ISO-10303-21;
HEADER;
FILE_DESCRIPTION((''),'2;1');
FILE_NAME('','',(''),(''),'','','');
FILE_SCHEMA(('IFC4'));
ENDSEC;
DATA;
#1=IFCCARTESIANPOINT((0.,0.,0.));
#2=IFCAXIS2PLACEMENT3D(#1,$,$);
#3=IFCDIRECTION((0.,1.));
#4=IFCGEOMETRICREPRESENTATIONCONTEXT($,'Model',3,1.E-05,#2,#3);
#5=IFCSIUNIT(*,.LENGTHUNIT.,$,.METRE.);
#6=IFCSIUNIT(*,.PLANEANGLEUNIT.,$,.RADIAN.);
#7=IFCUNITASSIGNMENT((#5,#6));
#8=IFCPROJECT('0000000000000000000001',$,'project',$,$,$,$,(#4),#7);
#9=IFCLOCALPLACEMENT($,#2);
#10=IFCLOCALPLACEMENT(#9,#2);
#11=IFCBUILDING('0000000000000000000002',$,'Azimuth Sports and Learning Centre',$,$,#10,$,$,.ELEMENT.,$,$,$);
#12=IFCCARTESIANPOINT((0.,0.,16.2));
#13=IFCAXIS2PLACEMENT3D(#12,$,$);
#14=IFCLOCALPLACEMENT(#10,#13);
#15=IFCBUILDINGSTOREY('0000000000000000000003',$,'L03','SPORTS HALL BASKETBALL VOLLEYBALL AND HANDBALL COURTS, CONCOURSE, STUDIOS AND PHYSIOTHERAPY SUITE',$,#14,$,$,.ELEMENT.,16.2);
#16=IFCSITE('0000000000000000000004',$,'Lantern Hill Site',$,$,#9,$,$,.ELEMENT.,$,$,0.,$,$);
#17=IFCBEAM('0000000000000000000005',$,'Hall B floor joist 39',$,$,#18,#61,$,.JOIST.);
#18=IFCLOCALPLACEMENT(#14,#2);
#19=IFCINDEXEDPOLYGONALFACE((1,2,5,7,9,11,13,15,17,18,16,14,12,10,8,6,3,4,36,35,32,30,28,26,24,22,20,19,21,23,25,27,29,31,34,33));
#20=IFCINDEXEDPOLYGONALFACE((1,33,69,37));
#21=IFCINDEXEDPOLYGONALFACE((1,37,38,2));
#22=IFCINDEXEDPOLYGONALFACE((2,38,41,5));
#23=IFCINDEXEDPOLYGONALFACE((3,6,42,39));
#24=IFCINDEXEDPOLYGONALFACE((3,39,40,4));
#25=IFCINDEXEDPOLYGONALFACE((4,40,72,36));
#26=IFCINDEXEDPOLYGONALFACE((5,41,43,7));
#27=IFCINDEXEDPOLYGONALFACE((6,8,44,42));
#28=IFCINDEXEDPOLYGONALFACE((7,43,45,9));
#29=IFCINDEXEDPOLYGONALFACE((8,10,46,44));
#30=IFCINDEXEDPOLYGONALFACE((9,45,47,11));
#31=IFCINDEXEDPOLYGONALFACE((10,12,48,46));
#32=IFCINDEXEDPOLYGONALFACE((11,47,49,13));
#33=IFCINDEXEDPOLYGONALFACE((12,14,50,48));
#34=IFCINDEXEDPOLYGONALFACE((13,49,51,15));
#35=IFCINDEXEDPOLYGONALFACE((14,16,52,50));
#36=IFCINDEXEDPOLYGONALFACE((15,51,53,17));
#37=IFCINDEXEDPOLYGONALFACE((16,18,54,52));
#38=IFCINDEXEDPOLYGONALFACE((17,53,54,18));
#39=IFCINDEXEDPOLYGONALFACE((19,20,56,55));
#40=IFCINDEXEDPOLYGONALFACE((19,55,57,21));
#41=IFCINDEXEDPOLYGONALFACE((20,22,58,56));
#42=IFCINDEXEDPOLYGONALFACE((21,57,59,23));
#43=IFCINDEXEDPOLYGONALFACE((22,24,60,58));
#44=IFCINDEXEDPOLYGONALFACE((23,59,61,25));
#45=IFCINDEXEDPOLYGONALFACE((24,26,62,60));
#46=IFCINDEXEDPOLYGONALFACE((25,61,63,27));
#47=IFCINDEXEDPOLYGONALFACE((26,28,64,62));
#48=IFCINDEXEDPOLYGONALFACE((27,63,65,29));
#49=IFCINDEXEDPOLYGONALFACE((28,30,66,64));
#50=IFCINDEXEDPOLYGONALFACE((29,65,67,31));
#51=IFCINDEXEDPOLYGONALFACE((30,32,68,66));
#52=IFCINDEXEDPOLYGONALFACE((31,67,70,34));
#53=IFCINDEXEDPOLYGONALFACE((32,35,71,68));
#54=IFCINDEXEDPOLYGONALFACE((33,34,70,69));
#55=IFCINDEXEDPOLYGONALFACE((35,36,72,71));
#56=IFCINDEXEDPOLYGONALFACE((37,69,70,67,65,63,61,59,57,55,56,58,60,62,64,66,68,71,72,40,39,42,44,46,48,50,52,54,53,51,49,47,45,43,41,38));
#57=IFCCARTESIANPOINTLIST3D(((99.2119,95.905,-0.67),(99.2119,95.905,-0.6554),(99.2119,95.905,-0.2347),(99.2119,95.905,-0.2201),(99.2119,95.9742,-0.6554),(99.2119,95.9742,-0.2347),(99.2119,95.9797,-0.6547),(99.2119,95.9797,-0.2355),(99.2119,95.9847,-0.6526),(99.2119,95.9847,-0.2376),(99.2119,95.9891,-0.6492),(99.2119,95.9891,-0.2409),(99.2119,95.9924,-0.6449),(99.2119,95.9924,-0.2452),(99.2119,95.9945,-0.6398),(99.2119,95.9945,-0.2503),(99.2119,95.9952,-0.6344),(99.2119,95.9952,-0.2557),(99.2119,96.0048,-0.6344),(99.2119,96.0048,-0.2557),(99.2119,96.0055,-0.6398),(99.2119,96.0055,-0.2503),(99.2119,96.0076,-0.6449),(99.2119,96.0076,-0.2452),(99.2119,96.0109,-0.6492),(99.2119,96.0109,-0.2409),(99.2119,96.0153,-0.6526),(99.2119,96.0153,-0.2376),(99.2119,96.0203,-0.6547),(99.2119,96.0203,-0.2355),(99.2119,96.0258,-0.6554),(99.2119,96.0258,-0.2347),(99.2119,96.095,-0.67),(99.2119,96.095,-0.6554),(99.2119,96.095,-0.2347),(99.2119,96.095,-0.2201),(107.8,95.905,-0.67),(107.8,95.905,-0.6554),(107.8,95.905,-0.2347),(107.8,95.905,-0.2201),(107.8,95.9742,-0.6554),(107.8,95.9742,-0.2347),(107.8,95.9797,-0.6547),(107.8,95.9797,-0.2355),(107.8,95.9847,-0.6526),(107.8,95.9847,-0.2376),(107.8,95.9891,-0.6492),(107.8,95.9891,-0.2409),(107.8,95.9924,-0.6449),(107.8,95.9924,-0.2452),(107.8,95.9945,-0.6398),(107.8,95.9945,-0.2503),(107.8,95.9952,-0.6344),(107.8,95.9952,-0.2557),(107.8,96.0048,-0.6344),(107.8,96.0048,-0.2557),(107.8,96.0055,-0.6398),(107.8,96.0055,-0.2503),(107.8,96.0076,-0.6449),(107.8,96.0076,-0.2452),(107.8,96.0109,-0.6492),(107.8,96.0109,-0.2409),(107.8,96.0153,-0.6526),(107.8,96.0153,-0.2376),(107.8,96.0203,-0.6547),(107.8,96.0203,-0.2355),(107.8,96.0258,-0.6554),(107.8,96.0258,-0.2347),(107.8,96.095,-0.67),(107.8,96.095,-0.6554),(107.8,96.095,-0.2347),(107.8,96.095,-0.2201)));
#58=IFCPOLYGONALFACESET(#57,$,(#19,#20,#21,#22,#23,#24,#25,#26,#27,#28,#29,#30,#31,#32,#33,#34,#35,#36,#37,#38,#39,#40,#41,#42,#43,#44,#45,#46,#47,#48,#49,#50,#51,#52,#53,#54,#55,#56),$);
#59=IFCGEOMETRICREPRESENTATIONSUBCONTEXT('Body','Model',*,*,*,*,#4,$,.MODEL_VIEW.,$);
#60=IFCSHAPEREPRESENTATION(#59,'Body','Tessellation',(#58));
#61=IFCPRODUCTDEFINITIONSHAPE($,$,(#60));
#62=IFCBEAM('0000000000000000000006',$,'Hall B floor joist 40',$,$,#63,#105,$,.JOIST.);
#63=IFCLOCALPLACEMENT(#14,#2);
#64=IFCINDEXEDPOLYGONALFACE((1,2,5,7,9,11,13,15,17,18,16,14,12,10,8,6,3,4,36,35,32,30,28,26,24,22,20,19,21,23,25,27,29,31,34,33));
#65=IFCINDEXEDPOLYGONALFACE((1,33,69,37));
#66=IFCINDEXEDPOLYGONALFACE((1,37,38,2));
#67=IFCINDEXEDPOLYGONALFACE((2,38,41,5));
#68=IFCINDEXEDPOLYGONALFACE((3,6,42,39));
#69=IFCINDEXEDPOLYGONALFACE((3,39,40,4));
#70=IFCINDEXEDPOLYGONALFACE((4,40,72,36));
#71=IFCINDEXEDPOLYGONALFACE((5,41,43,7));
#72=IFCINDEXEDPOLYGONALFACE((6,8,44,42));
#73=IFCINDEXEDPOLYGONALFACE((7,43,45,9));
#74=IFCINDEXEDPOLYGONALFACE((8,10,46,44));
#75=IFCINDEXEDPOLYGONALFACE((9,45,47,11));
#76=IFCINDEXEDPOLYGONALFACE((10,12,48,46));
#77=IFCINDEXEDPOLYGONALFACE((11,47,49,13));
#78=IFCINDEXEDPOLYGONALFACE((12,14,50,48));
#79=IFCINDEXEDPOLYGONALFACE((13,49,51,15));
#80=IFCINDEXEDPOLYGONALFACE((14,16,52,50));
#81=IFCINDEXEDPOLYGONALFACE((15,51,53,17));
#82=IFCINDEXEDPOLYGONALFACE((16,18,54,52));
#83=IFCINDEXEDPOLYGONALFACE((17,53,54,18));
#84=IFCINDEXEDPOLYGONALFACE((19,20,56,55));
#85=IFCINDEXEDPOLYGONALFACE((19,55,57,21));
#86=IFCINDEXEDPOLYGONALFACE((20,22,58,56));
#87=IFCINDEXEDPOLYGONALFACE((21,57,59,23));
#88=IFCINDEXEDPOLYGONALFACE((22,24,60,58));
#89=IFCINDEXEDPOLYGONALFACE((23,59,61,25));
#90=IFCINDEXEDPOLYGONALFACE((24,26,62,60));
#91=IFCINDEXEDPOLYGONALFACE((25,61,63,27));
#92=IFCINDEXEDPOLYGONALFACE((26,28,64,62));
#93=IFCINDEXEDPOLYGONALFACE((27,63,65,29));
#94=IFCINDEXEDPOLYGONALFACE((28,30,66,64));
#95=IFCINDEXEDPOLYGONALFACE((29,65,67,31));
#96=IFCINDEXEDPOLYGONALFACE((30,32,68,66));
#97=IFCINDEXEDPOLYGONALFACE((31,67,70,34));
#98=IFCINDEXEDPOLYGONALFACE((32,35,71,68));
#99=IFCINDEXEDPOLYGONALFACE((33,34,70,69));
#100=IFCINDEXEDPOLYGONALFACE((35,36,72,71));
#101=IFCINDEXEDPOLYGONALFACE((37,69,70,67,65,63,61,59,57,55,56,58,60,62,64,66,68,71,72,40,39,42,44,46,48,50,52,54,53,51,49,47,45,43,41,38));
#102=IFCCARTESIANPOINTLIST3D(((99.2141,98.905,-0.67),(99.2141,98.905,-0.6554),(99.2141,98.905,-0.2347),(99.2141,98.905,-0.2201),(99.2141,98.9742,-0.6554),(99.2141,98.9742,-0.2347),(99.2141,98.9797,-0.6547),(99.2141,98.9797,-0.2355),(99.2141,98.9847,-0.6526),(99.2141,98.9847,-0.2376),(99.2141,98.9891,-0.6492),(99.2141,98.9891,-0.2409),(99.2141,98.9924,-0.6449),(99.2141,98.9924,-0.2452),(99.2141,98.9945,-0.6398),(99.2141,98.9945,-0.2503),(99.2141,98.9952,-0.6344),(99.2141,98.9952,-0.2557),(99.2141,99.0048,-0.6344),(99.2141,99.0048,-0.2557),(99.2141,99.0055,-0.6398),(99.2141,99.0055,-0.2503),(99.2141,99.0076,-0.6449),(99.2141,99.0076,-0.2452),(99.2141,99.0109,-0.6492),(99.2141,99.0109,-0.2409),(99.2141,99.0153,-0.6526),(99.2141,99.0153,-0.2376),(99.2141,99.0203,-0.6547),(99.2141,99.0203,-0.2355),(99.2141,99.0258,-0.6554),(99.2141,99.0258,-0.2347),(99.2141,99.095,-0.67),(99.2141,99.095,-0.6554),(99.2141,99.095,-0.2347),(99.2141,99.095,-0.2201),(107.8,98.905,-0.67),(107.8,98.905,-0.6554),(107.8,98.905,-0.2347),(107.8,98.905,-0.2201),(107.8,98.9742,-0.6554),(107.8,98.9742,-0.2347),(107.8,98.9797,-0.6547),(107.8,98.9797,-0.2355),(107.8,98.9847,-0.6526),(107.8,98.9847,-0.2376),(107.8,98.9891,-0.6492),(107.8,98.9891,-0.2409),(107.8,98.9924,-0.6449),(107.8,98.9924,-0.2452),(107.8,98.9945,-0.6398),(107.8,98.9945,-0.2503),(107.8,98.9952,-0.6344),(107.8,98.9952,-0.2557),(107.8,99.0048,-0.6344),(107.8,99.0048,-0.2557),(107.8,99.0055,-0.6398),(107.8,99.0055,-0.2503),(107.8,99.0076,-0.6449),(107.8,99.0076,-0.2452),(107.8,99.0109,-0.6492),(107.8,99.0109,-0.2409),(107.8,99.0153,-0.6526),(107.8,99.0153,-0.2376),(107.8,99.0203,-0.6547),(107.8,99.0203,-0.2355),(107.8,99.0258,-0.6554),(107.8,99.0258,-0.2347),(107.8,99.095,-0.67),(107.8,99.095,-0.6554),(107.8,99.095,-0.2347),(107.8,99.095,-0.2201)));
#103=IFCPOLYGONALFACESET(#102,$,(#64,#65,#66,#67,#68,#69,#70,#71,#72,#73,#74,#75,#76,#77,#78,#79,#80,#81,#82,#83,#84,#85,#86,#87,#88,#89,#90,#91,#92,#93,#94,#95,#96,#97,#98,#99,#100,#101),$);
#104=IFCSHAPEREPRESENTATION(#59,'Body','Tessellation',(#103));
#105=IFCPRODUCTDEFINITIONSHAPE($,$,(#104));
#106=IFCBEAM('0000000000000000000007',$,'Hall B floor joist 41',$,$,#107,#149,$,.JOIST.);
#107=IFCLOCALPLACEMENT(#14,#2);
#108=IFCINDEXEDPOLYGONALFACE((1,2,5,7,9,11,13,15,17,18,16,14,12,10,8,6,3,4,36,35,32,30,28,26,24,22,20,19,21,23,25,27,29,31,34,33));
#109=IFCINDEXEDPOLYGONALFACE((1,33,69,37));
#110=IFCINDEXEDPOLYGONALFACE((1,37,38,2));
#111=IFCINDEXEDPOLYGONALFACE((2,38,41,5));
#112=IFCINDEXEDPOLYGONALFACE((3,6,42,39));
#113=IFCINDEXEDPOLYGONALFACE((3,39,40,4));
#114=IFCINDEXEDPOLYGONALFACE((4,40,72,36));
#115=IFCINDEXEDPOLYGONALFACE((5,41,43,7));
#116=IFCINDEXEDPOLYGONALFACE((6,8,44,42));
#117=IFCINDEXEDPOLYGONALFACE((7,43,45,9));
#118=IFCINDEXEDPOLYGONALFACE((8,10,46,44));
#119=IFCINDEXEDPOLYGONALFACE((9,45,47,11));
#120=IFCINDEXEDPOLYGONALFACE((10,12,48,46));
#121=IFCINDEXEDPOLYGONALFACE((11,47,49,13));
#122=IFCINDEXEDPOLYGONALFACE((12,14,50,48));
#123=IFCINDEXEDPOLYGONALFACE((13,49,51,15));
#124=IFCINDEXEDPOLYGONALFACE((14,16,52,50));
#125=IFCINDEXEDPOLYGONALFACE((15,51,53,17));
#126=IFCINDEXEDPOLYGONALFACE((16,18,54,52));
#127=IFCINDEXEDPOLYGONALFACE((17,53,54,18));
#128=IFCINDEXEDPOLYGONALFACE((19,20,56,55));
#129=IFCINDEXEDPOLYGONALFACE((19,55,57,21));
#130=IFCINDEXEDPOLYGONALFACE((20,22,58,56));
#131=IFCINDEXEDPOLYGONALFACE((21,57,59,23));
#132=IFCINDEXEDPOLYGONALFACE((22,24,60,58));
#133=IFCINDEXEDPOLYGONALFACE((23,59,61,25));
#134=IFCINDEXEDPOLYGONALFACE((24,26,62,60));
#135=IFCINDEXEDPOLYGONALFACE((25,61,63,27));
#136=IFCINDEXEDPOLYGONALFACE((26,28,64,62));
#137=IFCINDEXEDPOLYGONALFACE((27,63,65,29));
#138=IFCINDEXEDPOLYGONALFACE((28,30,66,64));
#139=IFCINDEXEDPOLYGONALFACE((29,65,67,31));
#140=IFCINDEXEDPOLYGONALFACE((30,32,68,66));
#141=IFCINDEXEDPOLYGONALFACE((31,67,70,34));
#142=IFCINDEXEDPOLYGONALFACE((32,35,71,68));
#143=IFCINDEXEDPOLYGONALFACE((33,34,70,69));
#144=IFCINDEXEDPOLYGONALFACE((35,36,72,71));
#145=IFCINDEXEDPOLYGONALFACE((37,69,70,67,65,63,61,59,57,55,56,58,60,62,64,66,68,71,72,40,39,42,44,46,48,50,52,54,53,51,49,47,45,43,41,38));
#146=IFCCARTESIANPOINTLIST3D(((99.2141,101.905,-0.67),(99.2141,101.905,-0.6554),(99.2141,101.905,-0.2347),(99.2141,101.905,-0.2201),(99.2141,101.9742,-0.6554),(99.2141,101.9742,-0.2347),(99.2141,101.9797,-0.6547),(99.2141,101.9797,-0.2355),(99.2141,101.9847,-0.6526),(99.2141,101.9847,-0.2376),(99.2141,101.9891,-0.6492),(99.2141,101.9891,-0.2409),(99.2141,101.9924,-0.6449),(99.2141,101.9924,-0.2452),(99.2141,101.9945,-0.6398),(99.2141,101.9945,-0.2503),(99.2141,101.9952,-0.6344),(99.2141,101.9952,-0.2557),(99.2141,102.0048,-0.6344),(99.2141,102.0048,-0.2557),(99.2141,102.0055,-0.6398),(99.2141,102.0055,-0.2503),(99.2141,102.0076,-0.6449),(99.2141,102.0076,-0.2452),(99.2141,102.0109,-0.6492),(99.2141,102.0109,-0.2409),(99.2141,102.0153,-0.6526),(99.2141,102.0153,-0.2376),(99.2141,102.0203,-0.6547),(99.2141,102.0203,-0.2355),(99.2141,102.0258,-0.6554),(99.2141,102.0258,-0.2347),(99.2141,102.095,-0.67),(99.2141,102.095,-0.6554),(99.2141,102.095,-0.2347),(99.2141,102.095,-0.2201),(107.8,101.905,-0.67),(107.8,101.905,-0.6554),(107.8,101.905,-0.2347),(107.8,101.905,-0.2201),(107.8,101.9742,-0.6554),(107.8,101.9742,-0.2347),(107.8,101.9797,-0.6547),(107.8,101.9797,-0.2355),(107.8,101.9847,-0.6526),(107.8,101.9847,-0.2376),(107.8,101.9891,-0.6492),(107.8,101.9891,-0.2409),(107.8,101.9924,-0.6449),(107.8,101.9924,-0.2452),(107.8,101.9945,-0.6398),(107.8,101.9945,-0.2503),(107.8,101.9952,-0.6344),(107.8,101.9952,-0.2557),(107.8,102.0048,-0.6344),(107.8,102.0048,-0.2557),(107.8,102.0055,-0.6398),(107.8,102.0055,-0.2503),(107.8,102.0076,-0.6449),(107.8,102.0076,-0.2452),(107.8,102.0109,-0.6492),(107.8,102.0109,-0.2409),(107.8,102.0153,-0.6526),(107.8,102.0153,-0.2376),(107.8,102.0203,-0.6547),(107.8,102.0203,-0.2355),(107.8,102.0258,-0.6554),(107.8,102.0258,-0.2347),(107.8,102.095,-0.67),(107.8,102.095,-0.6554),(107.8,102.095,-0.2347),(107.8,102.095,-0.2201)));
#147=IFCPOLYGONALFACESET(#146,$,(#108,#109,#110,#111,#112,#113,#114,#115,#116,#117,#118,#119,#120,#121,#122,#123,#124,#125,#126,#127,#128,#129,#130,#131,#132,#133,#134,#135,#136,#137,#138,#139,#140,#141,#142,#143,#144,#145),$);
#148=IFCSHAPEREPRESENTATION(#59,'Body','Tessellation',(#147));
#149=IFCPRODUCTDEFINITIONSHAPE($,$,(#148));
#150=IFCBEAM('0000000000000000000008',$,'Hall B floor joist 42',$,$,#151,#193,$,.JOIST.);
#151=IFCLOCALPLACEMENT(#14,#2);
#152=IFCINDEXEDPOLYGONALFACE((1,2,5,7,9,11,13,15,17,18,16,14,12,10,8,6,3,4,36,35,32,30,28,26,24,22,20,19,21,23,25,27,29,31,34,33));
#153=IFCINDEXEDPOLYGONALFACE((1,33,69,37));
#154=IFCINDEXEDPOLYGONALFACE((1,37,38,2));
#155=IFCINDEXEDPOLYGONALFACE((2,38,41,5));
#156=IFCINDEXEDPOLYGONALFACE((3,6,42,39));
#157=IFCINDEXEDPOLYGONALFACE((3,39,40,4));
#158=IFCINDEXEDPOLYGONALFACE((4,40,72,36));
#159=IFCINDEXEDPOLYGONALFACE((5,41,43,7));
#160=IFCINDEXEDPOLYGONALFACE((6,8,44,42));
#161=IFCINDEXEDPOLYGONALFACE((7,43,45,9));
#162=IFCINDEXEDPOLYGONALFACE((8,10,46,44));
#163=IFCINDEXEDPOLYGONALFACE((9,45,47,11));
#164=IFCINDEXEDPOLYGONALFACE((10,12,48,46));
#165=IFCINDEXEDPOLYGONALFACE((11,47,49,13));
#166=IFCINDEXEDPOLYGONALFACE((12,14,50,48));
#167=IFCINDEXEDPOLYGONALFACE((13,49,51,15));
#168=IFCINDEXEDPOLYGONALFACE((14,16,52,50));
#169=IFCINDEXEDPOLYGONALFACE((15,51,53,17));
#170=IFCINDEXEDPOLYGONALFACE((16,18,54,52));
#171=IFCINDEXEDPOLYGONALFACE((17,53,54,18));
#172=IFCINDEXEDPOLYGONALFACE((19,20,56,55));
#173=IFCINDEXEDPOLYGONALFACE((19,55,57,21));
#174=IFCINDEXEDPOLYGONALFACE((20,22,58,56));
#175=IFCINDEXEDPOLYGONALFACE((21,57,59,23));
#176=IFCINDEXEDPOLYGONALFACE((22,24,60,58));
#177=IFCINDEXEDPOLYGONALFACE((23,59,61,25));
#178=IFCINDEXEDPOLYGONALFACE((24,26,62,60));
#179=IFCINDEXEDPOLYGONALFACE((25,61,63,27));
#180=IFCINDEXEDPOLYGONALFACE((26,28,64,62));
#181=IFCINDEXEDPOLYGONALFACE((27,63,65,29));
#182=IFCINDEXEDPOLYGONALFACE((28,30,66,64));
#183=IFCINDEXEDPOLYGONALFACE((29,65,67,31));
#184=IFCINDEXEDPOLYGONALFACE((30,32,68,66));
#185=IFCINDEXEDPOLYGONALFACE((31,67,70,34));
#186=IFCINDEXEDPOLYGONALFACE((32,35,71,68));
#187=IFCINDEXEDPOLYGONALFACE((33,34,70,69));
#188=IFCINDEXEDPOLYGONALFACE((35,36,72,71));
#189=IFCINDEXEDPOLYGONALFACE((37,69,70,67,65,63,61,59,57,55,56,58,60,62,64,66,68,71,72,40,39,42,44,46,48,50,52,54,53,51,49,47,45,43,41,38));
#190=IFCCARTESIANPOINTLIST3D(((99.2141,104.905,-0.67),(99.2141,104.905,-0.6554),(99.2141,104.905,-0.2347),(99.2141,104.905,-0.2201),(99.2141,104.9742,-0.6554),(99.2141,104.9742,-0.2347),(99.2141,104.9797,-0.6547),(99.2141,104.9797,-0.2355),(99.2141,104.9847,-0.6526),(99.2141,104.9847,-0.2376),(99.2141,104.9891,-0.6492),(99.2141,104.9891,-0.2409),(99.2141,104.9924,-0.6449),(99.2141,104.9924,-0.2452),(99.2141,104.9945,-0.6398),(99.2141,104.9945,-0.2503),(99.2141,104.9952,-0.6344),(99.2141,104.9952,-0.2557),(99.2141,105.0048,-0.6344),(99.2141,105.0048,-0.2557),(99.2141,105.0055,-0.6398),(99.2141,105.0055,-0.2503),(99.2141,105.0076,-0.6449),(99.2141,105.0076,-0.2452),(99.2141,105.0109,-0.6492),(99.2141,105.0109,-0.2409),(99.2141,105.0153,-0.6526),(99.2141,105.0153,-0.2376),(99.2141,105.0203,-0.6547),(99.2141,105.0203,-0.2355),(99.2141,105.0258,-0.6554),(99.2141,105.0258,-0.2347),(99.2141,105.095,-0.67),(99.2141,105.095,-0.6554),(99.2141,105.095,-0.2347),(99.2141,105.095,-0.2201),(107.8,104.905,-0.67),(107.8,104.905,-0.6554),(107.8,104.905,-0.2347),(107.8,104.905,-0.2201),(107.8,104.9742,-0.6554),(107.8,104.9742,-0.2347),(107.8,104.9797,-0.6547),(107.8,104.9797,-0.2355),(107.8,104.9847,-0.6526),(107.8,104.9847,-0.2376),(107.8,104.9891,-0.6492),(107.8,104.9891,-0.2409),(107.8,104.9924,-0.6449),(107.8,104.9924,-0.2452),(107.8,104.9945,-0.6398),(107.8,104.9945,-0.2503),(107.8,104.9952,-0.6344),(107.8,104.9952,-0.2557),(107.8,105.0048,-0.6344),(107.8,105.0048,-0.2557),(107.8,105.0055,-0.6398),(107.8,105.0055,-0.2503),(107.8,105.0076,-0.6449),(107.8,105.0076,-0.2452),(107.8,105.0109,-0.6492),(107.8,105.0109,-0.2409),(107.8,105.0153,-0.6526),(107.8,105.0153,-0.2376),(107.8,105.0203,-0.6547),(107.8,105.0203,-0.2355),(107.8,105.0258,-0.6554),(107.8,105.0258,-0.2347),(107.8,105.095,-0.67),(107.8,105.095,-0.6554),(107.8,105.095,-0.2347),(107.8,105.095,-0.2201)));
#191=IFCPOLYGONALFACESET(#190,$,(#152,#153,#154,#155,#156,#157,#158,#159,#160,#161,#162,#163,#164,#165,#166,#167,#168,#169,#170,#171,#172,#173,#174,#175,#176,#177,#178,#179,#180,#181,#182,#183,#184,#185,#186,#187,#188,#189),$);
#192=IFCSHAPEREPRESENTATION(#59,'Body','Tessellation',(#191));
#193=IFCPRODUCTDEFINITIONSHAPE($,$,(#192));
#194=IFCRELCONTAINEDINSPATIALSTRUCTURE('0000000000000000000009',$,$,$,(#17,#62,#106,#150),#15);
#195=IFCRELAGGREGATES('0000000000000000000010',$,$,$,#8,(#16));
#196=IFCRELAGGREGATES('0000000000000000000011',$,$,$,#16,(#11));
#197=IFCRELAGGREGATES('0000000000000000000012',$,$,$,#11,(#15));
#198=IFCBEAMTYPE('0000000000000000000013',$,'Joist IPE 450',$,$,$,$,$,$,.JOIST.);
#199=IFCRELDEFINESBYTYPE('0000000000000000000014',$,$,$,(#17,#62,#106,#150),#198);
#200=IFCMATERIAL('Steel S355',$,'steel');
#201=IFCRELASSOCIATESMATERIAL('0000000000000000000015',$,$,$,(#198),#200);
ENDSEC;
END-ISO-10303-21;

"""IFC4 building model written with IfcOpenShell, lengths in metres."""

from ifc_helpers import new_model, si_unit, direction, frame, origin, origin_2d, place, context, subcontext, project, spatial, i_section, extrude, material, material_profile, profile_set, type_object, element, save


model = new_model("IFC4")

# Units and contexts
model_context = context("Model", 3, precision=1e-05, world=origin(), true_north=direction((0.0, 1.0)))
body_context = subcontext(model_context, "Body", "Model", "MODEL_VIEW")
ifc_project = project(units=[si_unit("LENGTHUNIT", "METRE"), si_unit("PLANEANGLEUNIT", "RADIAN")], contexts=[model_context])

# Site, building, storey
site_placement = place(None, origin())
site = spatial("IfcSite", under=ifc_project, at=site_placement, Name="Lantern Hill Site", CompositionType="ELEMENT", RefElevation=0.0)
building_placement = place(site_placement, origin())
building = spatial("IfcBuilding", under=site, at=building_placement, Name="Azimuth Sports and Learning Centre", CompositionType="ELEMENT")
storey_placement = place(building_placement, frame((0.0, 0.0, 16.2)))
storey = spatial("IfcBuildingStorey", under=building, at=storey_placement, Name="L03", Description="SPORTS HALL BASKETBALL VOLLEYBALL AND HANDBALL COURTS, CONCOURSE, STUDIOS AND PHYSIOTHERAPY SUITE", CompositionType="ELEMENT", Elevation=16.2)

# Beams
ifc_material_1 = material(Name="Steel S355", Category="steel")
ifc_material_profile_1 = material_profile(ifc_material_1, i_section(OverallWidth=0.1899, OverallDepth=0.45, WebThickness=0.0095, FlangeThickness=0.0146, FilletRadius=0.021, at=origin_2d()), Name="IPE 450")
ifc_profile_set_1 = profile_set([ifc_material_profile_1], Name="Steel S355")
beam_type_1 = type_object("IfcBeamType", Name="Joist IPE 450", PredefinedType="JOIST", material=ifc_profile_set_1)
beam_1_placement = place(storey_placement, frame((99.2119, 96.0, -0.4451), z_axis=(1.0, 0.0, 0.0), x_axis=(0.0, 1.0, 0.0)))
element("IfcBeam", 1, at=beam_1_placement, inside=storey, type_object=beam_type_1, Name="Hall B floor joist 39", PredefinedType="JOIST", context=body_context, shape_type="SweptSolid", body=[
    extrude(i_section(OverallWidth=0.1899, OverallDepth=0.45, WebThickness=0.0095, FlangeThickness=0.0146, FilletRadius=0.021, at=origin_2d()), origin(), (0.0, 0.0, 1.0), 8.5881),
])
for number, where, z_axis, x_axis, name in (
    (2, (99.2141, 99.0, -0.4451), (1.0, 0.0, 0.0), (0.0, 1.0, 0.0), "Hall B floor joist 40"),
    (3, (99.2141, 102.0, -0.4451), (1.0, 0.0, 0.0), (0.0, 1.0, 0.0), "Hall B floor joist 41"),
    (4, (99.2141, 105.0, -0.4451), (1.0, 0.0, 0.0), (0.0, 1.0, 0.0), "Hall B floor joist 42"),
):
    element("IfcBeam", number, at=place(storey_placement, frame(where, z_axis=z_axis, x_axis=x_axis)), inside=storey, type_object=beam_type_1, Name=name, PredefinedType="JOIST", context=body_context, shape_type="SweptSolid", body=[
        extrude(i_section(OverallWidth=0.1899, OverallDepth=0.45, WebThickness=0.0095, FlangeThickness=0.0146, FilletRadius=0.021, at=origin_2d()), origin(), (0.0, 0.0, 1.0), 8.5859),
    ])

save(model, "model.ifc")
